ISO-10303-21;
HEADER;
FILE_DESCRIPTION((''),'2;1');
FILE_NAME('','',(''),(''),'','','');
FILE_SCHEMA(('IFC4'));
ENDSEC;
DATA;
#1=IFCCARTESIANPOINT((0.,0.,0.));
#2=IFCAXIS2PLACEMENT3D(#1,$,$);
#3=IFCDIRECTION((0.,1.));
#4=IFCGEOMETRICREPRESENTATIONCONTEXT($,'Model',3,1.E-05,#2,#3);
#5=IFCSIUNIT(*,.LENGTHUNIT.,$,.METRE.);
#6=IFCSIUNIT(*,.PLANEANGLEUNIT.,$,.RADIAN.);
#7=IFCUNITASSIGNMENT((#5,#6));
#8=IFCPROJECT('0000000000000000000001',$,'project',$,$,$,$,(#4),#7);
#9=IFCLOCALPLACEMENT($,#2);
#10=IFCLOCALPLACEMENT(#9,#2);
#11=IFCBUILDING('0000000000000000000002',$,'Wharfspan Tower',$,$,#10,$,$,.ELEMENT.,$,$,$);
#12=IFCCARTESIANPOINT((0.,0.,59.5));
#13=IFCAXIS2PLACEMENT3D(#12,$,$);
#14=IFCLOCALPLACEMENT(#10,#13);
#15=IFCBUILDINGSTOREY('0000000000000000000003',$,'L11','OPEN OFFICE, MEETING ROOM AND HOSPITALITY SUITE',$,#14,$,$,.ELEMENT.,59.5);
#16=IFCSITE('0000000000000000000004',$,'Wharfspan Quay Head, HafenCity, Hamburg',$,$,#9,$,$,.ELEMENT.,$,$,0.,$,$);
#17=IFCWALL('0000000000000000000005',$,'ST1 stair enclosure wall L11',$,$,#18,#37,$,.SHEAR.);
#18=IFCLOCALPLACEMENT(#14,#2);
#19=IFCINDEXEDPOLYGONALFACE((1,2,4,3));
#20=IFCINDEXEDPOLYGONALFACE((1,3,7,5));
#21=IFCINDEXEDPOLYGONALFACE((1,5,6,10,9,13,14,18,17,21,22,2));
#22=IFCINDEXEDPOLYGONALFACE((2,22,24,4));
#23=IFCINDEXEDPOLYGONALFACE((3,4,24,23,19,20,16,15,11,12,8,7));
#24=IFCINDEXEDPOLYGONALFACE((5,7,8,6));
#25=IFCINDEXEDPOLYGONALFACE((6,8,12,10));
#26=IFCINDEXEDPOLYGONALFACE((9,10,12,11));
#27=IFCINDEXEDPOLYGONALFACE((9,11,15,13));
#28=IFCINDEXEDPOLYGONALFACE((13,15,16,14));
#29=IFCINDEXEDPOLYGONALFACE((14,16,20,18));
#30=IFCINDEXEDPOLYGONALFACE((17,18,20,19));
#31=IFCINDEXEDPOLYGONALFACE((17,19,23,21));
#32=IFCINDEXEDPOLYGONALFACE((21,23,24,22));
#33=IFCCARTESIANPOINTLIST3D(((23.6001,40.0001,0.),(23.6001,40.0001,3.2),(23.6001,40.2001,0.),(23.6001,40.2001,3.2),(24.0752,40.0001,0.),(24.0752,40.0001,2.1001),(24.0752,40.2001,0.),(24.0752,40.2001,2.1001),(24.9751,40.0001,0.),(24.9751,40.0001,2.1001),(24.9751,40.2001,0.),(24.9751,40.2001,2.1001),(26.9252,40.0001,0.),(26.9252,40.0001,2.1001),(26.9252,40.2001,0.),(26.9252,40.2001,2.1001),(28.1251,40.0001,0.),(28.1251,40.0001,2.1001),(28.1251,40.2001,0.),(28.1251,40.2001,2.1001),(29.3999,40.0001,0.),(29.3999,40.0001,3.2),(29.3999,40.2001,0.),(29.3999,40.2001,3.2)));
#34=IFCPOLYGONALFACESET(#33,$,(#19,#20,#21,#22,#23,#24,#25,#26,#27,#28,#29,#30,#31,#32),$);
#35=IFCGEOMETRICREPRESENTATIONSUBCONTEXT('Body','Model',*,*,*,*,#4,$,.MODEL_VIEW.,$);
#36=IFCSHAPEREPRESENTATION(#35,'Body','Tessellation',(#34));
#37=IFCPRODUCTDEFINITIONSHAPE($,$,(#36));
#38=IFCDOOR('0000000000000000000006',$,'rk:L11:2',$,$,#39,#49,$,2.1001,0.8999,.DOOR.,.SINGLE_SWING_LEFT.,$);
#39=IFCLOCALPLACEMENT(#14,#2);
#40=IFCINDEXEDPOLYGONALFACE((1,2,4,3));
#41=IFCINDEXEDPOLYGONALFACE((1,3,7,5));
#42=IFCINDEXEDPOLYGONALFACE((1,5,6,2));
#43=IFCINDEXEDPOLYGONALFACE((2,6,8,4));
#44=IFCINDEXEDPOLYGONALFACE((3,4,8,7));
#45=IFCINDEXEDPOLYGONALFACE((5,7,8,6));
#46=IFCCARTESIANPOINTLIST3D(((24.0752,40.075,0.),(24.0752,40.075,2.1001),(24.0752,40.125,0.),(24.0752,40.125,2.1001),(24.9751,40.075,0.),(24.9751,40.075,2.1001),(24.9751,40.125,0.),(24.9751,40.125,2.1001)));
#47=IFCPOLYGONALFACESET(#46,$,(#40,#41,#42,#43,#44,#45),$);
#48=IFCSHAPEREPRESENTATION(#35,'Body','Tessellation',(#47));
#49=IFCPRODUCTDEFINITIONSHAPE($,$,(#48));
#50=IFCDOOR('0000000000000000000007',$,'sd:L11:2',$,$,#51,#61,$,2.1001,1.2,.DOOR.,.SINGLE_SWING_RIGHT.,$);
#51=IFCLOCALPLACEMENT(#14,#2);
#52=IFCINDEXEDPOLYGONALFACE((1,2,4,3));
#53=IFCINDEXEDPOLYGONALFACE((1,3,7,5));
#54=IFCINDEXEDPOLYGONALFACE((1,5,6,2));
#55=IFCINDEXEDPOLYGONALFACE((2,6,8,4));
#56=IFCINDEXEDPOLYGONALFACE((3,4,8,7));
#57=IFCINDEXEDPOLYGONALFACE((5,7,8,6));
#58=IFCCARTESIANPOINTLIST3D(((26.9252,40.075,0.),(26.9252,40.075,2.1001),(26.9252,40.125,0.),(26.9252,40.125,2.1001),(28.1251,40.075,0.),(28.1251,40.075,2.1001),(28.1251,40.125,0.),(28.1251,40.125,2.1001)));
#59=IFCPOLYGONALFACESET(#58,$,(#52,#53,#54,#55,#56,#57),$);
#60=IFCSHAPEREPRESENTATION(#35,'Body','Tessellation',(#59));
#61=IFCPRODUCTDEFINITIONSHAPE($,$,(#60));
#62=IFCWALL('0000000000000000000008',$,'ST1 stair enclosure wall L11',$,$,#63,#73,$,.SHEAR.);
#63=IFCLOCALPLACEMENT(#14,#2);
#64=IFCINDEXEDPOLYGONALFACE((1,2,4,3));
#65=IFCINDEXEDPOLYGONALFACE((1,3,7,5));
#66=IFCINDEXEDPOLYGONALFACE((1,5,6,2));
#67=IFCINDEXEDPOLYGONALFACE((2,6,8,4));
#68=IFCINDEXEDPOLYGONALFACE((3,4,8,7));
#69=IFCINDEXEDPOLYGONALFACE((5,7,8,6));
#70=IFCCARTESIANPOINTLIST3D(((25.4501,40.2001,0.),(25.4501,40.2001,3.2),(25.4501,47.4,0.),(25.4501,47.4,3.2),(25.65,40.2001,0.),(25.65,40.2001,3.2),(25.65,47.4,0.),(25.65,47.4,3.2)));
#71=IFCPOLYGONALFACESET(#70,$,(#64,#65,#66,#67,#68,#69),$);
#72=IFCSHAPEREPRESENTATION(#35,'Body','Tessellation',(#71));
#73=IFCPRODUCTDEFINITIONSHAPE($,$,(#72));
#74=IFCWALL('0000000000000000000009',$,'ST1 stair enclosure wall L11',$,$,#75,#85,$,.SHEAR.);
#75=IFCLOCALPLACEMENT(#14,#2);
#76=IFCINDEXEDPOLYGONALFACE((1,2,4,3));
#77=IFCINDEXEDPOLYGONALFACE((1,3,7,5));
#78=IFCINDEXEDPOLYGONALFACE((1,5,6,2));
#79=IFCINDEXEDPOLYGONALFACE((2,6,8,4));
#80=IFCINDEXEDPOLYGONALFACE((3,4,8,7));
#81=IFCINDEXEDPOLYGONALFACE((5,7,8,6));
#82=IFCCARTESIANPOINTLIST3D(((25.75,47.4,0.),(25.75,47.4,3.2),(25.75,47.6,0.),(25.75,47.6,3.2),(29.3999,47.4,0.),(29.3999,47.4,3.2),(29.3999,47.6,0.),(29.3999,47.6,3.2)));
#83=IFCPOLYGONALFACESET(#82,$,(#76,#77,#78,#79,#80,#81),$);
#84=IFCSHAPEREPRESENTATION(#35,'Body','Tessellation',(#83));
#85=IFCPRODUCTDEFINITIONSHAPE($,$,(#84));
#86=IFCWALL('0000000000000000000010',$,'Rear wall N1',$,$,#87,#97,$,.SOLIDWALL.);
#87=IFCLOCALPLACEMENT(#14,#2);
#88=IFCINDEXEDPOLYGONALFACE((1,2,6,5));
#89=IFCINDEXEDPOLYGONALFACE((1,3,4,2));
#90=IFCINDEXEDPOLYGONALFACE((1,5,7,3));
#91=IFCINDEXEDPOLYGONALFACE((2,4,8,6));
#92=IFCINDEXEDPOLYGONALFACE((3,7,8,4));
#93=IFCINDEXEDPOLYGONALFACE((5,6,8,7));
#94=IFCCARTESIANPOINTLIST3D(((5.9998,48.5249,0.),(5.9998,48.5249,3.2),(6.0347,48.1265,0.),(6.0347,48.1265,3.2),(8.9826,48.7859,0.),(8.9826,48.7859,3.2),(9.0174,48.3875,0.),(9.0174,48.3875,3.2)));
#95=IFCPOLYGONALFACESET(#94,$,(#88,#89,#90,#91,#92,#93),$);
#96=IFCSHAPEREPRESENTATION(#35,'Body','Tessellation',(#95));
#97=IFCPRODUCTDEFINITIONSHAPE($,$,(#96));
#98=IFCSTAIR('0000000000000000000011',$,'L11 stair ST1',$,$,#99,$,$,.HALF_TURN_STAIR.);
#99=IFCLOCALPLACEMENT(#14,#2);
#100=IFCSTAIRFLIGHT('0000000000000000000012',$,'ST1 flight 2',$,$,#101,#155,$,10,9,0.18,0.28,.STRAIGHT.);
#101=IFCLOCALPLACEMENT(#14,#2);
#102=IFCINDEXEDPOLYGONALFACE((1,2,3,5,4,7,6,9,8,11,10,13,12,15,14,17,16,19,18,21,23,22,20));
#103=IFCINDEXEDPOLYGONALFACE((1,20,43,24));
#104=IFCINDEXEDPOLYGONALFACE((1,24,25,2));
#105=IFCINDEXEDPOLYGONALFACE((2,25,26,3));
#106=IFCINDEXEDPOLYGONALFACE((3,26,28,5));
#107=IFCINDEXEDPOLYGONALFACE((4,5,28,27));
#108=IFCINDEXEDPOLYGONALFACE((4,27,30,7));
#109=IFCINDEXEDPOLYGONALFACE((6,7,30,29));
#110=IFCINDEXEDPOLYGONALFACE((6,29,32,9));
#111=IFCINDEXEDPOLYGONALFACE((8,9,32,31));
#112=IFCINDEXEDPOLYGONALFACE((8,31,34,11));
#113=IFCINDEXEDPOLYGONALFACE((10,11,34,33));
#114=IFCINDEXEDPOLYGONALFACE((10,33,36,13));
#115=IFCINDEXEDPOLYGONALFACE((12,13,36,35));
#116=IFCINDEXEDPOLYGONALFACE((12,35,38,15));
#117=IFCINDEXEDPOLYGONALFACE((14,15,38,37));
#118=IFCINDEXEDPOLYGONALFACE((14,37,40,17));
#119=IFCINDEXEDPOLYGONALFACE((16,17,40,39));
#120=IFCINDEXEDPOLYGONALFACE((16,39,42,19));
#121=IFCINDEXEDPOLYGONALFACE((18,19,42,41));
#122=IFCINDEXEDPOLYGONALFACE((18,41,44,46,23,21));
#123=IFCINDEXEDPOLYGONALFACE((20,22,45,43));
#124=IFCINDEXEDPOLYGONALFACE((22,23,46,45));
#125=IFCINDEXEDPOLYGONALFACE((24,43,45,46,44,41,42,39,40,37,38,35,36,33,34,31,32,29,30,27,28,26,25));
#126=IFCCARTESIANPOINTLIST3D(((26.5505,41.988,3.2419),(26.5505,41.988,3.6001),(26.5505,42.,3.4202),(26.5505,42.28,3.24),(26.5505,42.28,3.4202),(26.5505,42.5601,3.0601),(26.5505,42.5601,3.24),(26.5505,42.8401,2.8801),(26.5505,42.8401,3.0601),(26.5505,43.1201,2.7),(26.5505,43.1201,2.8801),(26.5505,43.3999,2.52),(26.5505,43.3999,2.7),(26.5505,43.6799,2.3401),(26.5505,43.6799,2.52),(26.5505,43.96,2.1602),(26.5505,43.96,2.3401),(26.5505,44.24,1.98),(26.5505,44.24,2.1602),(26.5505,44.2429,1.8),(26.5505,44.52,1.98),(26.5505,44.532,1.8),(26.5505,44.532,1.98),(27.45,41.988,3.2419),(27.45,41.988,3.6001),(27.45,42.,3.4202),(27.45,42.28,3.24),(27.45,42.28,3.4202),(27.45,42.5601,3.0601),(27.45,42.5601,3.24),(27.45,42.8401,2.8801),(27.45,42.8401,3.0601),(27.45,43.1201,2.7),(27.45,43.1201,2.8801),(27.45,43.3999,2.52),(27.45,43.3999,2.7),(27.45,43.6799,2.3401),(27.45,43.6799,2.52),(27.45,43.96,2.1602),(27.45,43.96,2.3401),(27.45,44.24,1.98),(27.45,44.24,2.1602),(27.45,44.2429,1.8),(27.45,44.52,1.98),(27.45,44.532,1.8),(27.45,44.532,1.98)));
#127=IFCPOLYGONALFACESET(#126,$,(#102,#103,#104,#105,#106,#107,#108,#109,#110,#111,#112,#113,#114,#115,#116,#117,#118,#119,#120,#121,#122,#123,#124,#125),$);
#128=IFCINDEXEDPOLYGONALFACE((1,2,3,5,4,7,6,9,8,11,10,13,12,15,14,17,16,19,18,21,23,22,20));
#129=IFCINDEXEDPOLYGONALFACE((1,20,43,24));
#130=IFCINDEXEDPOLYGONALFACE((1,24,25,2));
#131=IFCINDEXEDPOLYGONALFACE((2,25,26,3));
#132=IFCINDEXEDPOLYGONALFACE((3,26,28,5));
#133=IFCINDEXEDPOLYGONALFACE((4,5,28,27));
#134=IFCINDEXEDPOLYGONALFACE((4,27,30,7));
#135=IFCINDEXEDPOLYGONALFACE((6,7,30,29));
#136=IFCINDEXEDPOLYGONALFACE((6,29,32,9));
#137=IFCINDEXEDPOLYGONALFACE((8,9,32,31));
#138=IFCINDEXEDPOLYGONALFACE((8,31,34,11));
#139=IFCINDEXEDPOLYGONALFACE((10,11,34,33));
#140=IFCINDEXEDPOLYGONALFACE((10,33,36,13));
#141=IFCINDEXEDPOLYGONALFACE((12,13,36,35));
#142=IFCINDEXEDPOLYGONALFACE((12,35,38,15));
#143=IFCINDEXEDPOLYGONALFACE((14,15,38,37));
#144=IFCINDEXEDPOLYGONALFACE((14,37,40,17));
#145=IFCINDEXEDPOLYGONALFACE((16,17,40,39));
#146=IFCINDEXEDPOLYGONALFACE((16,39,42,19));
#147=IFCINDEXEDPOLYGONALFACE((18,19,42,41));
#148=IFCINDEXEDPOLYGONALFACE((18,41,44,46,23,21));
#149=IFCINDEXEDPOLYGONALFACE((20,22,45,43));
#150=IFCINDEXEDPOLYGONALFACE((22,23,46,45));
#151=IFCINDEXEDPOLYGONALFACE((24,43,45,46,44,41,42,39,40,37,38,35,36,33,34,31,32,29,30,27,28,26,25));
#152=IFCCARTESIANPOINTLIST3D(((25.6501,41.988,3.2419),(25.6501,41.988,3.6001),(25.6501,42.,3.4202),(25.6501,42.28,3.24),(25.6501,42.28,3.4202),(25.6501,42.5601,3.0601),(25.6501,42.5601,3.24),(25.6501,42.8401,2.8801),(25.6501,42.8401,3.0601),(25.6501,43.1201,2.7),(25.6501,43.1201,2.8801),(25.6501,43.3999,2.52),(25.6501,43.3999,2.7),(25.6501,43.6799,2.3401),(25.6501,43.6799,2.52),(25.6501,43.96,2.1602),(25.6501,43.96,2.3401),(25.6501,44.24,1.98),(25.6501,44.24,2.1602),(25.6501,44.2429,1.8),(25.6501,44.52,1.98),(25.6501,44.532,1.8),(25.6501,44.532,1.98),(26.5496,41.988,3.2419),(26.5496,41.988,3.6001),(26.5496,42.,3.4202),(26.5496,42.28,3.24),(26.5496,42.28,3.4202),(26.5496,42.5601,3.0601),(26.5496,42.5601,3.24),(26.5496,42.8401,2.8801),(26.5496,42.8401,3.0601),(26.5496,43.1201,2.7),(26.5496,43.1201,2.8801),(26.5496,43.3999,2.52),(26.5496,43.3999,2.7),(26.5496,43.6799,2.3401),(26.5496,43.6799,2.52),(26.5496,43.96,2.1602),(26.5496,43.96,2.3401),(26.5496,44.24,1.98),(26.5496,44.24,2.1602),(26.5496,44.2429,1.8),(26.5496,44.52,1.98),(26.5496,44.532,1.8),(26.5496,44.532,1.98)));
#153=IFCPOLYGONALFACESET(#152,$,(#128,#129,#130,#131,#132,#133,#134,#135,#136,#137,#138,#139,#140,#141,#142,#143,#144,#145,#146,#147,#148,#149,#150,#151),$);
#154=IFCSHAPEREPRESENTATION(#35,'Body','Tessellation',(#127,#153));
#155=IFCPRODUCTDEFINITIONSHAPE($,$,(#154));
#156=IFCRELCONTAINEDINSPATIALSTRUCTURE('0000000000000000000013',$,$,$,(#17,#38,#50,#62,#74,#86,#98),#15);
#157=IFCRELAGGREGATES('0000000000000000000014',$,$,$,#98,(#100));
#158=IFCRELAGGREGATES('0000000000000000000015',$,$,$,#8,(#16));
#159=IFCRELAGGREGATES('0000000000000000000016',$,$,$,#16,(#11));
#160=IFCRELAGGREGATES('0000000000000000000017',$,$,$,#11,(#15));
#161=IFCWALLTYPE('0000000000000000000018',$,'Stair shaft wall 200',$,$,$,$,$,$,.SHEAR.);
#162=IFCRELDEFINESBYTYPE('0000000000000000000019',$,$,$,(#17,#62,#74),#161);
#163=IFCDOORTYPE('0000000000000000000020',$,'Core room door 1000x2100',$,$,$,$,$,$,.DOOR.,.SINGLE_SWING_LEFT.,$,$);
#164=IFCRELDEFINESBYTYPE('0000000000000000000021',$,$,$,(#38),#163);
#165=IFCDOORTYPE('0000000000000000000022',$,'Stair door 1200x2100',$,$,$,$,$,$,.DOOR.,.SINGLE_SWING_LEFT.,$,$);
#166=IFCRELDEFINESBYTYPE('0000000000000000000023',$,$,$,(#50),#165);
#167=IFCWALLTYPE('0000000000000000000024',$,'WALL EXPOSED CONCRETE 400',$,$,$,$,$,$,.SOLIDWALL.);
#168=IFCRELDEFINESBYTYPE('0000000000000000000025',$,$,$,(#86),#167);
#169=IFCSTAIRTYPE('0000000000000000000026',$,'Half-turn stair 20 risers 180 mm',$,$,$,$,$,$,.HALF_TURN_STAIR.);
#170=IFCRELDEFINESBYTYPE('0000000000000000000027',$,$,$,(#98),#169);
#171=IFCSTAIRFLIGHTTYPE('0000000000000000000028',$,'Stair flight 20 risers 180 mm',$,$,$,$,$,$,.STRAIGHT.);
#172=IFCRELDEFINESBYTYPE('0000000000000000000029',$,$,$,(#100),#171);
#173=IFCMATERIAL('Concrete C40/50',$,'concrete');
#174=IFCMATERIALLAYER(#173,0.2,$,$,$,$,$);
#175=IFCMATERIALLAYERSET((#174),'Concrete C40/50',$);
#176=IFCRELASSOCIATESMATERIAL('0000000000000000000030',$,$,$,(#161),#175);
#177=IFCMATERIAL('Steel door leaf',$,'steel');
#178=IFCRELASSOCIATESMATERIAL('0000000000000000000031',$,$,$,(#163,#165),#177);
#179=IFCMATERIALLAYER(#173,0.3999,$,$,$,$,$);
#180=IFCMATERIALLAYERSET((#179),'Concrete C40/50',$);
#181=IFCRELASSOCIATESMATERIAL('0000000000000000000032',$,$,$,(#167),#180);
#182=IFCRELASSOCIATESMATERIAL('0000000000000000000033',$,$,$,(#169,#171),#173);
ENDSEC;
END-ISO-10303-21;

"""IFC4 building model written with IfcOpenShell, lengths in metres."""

from ifc_helpers import new_model, si_unit, direction, frame, frame_2d, origin, place, context, subcontext, project, spatial, polyline, rectangle, outline, extrude, material, layer, layer_set, type_object, element, fill, aggregate, save


model = new_model("IFC4")

# Units and contexts
model_context = context("Model", 3, precision=1e-05, world=origin(), true_north=direction((0.0, 1.0)))
body_context = subcontext(model_context, "Body", "Model", "MODEL_VIEW")
ifc_project = project(units=[si_unit("LENGTHUNIT", "METRE"), si_unit("PLANEANGLEUNIT", "RADIAN")], contexts=[model_context])

# Site, building, storey
site_placement = place(None, origin())
site = spatial("IfcSite", under=ifc_project, at=site_placement, Name="Wharfspan Quay Head, HafenCity, Hamburg", CompositionType="ELEMENT", RefElevation=0.0)
building_placement = place(site_placement, origin())
building = spatial("IfcBuilding", under=site, at=building_placement, Name="Wharfspan Tower", CompositionType="ELEMENT")
storey_placement = place(building_placement, frame((0.0, 0.0, 59.5)))
storey = spatial("IfcBuildingStorey", under=building, at=storey_placement, Name="L11", Description="OPEN OFFICE, MEETING ROOM AND HOSPITALITY SUITE", CompositionType="ELEMENT", Elevation=59.5)

# Wall, openings, doors
ifc_material_1 = material(Name="Concrete C40/50", Category="concrete")
ifc_layer_1 = layer(ifc_material_1, 0.2)
ifc_layer_set_1 = layer_set([ifc_layer_1], Name="Concrete C40/50")
wall_type_1 = type_object("IfcWallType", Name="Stair shaft wall 200", PredefinedType="SHEAR", material=ifc_layer_set_1)
wall_1_placement = place(storey_placement, frame((23.6001, 40.1001, 0.0), z_axis=(0.0, 0.0, 1.0), x_axis=(1.0, 0.0, 0.0)))
wall_1 = element("IfcWall", 1, at=wall_1_placement, inside=storey, type_object=wall_type_1, Name="ST1 stair enclosure wall L11", PredefinedType="SHEAR", context=body_context, shape_type="SweptSolid", body=[
    extrude(rectangle(XDim=5.7998, YDim=0.2, at=frame_2d((2.8999, 0.0))), origin(), (0.0, 0.0, 1.0), 3.2),
])
opening_1_placement = place(wall_1_placement, frame((3.325, 0.0, 0.0)))
opening_1 = element("IfcOpeningElement", 2, at=opening_1_placement, cuts=wall_1, PredefinedType="OPENING", context=body_context, shape_type="SweptSolid", body=[
    extrude(rectangle(XDim=1.2, YDim=2.1001, at=frame_2d((0.6001, 1.05))), frame((0.0, 0.1099, 0.0), z_axis=(0.0, -1.0, 0.0), x_axis=(1.0, 0.0, 0.0)), (0.0, 0.0, 1.0), 0.22),
])
opening_2_placement = place(wall_1_placement, frame((0.4751, 0.0, 0.0)))
opening_2 = element("IfcOpeningElement", 3, at=opening_2_placement, cuts=wall_1, PredefinedType="OPENING", context=body_context, shape_type="SweptSolid", body=[
    extrude(rectangle(XDim=0.8999, YDim=2.1001, at=frame_2d((0.45, 1.05))), frame((0.0, 0.1099, 0.0), z_axis=(0.0, -1.0, 0.0), x_axis=(1.0, 0.0, 0.0)), (0.0, 0.0, 1.0), 0.22),
])
ifc_material_2 = material(Name="Steel door leaf", Category="steel")
door_type_1 = type_object("IfcDoorType", Name="Core room door 1000x2100", OperationType="SINGLE_SWING_LEFT", PredefinedType="DOOR", material=ifc_material_2)
door_1_placement = place(opening_2_placement, origin())
door_1 = element("IfcDoor", 4, at=door_1_placement, inside=storey, type_object=door_type_1, Name="rk:L11:2", OperationType="SINGLE_SWING_LEFT", OverallHeight=2.1001, OverallWidth=0.8999, PredefinedType="DOOR", context=body_context, shape_type="SweptSolid", body=[
    extrude(rectangle(XDim=0.8999, YDim=2.1001, at=frame_2d((0.45, 1.05))), frame((0.0, 0.0249, 0.0), z_axis=(0.0, -1.0, 0.0), x_axis=(1.0, 0.0, 0.0)), (0.0, 0.0, 1.0), 0.05),
])
fill(opening_2, door_1)
door_type_2 = type_object("IfcDoorType", Name="Stair door 1200x2100", OperationType="SINGLE_SWING_LEFT", PredefinedType="DOOR", material=ifc_material_2)
door_2_placement = place(opening_1_placement, origin())
door_2 = element("IfcDoor", 5, at=door_2_placement, inside=storey, type_object=door_type_2, Name="sd:L11:2", OperationType="SINGLE_SWING_RIGHT", OverallHeight=2.1001, OverallWidth=1.2, PredefinedType="DOOR", context=body_context, shape_type="SweptSolid", body=[
    extrude(rectangle(XDim=1.2, YDim=2.1001, at=frame_2d((0.6001, 1.05))), frame((0.0, 0.0249, 0.0), z_axis=(0.0, -1.0, 0.0), x_axis=(1.0, 0.0, 0.0)), (0.0, 0.0, 1.0), 0.05),
])
fill(opening_1, door_2)

# Walls
wall_2_placement = place(storey_placement, frame((25.55, 40.2, 0.0), z_axis=(0.0, 0.0, 1.0), x_axis=(0.0, 1.0, 0.0)))
element("IfcWall", 6, at=wall_2_placement, inside=storey, type_object=wall_type_1, Name="ST1 stair enclosure wall L11", PredefinedType="SHEAR", context=body_context, shape_type="SweptSolid", body=[
    extrude(rectangle(XDim=7.2, YDim=0.2, at=frame_2d((3.6001, 0.0))), origin(), (0.0, 0.0, 1.0), 3.2),
])
wall_3_placement = place(storey_placement, frame((25.75, 47.5, 0.0), z_axis=(0.0, 0.0, 1.0), x_axis=(1.0, 0.0, 0.0)))
element("IfcWall", 7, at=wall_3_placement, inside=storey, type_object=wall_type_1, Name="ST1 stair enclosure wall L11", PredefinedType="SHEAR", context=body_context, shape_type="SweptSolid", body=[
    extrude(rectangle(XDim=3.6499, YDim=0.2, at=frame_2d((1.825, 0.0))), origin(), (0.0, 0.0, 1.0), 3.2),
])
ifc_layer_2 = layer(ifc_material_1, 0.3999)
ifc_layer_set_2 = layer_set([ifc_layer_2], Name="Concrete C40/50")
wall_type_2 = type_object("IfcWallType", Name="WALL EXPOSED CONCRETE 400", PredefinedType="SOLIDWALL", material=ifc_layer_set_2)
wall_4_placement = place(storey_placement, frame((9.0, 48.5867, 0.0), z_axis=(0.0, 0.0, 1.0), x_axis=(-0.996194, -0.087168, 0.0)))
element("IfcWall", 8, at=wall_4_placement, inside=storey, type_object=wall_type_2, Name="Rear wall N1", PredefinedType="SOLIDWALL", context=body_context, shape_type="SweptSolid", body=[
    extrude(rectangle(XDim=2.9941, YDim=0.3999, at=frame_2d((1.4971, 0.0))), origin(), (0.0, 0.0, 1.0), 3.2),
])

# Stair, stair flight
stair_type = type_object("IfcStairType", Name="Half-turn stair 20 risers 180 mm", PredefinedType="HALF_TURN_STAIR", material=ifc_material_1)
stair_placement = place(storey_placement, origin())
stair = element("IfcStair", 9, at=stair_placement, inside=storey, type_object=stair_type, Name="L11 stair ST1", PredefinedType="HALF_TURN_STAIR")
stair_flight_type = type_object("IfcStairFlightType", Name="Stair flight 20 risers 180 mm", PredefinedType="STRAIGHT", material=ifc_material_1)
stair_flight_placement = place(storey_placement, frame((26.55, 44.52, 1.8), z_axis=(0.0, 0.0, 1.0), x_axis=(0.0, -1.0, 0.0)))
stair_flight = element("IfcStairFlight", 10, at=stair_flight_placement, type_object=stair_flight_type, Name="ST1 flight 2", NumberOfRisers=10, NumberOfTreads=9, PredefinedType="STRAIGHT", RiserHeight=0.18, TreadLength=0.28, context=body_context, shape_type="SweptSolid", body=[
    extrude(outline(polyline([(-0.012, 0.0), (-0.012, 0.1799), (0.0, 0.1799), (0.28, 0.1799), (0.28, 0.3601), (0.5601, 0.3601), (0.5601, 0.54), (0.8401, 0.54), (0.8401, 0.72), (1.1201, 0.72), (1.1201, 0.8999), (1.3999, 0.8999), (1.3999, 1.0801), (1.6799, 1.0801), (1.6799, 1.26), (1.96, 1.26), (1.96, 1.4399), (2.24, 1.4399), (2.24, 1.6201), (2.52, 1.6201), (2.532, 1.8), (2.532, 1.4419), (0.2771, 0.0), (-0.012, 0.0)])), frame((0.0, 0.8999, 0.0), z_axis=(0.0, -1.0, 0.0), x_axis=(1.0, 0.0, 0.0)), (0.0, 0.0, 1.0), 0.8994),
    extrude(outline(polyline([(-0.012, 0.0), (-0.012, 0.1799), (0.0, 0.1799), (0.28, 0.1799), (0.28, 0.3601), (0.5601, 0.3601), (0.5601, 0.54), (0.8401, 0.54), (0.8401, 0.72), (1.1201, 0.72), (1.1201, 0.8999), (1.3999, 0.8999), (1.3999, 1.0801), (1.6799, 1.0801), (1.6799, 1.26), (1.96, 1.26), (1.96, 1.4399), (2.24, 1.4399), (2.24, 1.6201), (2.52, 1.6201), (2.532, 1.8), (2.532, 1.4419), (0.2771, 0.0), (-0.012, 0.0)])), frame((0.0, -0.0005, 0.0), z_axis=(0.0, -1.0, 0.0), x_axis=(1.0, 0.0, 0.0)), (0.0, 0.0, 1.0), 0.8994),
])
aggregate(stair, [stair_flight])

save(model, "model.ifc")
